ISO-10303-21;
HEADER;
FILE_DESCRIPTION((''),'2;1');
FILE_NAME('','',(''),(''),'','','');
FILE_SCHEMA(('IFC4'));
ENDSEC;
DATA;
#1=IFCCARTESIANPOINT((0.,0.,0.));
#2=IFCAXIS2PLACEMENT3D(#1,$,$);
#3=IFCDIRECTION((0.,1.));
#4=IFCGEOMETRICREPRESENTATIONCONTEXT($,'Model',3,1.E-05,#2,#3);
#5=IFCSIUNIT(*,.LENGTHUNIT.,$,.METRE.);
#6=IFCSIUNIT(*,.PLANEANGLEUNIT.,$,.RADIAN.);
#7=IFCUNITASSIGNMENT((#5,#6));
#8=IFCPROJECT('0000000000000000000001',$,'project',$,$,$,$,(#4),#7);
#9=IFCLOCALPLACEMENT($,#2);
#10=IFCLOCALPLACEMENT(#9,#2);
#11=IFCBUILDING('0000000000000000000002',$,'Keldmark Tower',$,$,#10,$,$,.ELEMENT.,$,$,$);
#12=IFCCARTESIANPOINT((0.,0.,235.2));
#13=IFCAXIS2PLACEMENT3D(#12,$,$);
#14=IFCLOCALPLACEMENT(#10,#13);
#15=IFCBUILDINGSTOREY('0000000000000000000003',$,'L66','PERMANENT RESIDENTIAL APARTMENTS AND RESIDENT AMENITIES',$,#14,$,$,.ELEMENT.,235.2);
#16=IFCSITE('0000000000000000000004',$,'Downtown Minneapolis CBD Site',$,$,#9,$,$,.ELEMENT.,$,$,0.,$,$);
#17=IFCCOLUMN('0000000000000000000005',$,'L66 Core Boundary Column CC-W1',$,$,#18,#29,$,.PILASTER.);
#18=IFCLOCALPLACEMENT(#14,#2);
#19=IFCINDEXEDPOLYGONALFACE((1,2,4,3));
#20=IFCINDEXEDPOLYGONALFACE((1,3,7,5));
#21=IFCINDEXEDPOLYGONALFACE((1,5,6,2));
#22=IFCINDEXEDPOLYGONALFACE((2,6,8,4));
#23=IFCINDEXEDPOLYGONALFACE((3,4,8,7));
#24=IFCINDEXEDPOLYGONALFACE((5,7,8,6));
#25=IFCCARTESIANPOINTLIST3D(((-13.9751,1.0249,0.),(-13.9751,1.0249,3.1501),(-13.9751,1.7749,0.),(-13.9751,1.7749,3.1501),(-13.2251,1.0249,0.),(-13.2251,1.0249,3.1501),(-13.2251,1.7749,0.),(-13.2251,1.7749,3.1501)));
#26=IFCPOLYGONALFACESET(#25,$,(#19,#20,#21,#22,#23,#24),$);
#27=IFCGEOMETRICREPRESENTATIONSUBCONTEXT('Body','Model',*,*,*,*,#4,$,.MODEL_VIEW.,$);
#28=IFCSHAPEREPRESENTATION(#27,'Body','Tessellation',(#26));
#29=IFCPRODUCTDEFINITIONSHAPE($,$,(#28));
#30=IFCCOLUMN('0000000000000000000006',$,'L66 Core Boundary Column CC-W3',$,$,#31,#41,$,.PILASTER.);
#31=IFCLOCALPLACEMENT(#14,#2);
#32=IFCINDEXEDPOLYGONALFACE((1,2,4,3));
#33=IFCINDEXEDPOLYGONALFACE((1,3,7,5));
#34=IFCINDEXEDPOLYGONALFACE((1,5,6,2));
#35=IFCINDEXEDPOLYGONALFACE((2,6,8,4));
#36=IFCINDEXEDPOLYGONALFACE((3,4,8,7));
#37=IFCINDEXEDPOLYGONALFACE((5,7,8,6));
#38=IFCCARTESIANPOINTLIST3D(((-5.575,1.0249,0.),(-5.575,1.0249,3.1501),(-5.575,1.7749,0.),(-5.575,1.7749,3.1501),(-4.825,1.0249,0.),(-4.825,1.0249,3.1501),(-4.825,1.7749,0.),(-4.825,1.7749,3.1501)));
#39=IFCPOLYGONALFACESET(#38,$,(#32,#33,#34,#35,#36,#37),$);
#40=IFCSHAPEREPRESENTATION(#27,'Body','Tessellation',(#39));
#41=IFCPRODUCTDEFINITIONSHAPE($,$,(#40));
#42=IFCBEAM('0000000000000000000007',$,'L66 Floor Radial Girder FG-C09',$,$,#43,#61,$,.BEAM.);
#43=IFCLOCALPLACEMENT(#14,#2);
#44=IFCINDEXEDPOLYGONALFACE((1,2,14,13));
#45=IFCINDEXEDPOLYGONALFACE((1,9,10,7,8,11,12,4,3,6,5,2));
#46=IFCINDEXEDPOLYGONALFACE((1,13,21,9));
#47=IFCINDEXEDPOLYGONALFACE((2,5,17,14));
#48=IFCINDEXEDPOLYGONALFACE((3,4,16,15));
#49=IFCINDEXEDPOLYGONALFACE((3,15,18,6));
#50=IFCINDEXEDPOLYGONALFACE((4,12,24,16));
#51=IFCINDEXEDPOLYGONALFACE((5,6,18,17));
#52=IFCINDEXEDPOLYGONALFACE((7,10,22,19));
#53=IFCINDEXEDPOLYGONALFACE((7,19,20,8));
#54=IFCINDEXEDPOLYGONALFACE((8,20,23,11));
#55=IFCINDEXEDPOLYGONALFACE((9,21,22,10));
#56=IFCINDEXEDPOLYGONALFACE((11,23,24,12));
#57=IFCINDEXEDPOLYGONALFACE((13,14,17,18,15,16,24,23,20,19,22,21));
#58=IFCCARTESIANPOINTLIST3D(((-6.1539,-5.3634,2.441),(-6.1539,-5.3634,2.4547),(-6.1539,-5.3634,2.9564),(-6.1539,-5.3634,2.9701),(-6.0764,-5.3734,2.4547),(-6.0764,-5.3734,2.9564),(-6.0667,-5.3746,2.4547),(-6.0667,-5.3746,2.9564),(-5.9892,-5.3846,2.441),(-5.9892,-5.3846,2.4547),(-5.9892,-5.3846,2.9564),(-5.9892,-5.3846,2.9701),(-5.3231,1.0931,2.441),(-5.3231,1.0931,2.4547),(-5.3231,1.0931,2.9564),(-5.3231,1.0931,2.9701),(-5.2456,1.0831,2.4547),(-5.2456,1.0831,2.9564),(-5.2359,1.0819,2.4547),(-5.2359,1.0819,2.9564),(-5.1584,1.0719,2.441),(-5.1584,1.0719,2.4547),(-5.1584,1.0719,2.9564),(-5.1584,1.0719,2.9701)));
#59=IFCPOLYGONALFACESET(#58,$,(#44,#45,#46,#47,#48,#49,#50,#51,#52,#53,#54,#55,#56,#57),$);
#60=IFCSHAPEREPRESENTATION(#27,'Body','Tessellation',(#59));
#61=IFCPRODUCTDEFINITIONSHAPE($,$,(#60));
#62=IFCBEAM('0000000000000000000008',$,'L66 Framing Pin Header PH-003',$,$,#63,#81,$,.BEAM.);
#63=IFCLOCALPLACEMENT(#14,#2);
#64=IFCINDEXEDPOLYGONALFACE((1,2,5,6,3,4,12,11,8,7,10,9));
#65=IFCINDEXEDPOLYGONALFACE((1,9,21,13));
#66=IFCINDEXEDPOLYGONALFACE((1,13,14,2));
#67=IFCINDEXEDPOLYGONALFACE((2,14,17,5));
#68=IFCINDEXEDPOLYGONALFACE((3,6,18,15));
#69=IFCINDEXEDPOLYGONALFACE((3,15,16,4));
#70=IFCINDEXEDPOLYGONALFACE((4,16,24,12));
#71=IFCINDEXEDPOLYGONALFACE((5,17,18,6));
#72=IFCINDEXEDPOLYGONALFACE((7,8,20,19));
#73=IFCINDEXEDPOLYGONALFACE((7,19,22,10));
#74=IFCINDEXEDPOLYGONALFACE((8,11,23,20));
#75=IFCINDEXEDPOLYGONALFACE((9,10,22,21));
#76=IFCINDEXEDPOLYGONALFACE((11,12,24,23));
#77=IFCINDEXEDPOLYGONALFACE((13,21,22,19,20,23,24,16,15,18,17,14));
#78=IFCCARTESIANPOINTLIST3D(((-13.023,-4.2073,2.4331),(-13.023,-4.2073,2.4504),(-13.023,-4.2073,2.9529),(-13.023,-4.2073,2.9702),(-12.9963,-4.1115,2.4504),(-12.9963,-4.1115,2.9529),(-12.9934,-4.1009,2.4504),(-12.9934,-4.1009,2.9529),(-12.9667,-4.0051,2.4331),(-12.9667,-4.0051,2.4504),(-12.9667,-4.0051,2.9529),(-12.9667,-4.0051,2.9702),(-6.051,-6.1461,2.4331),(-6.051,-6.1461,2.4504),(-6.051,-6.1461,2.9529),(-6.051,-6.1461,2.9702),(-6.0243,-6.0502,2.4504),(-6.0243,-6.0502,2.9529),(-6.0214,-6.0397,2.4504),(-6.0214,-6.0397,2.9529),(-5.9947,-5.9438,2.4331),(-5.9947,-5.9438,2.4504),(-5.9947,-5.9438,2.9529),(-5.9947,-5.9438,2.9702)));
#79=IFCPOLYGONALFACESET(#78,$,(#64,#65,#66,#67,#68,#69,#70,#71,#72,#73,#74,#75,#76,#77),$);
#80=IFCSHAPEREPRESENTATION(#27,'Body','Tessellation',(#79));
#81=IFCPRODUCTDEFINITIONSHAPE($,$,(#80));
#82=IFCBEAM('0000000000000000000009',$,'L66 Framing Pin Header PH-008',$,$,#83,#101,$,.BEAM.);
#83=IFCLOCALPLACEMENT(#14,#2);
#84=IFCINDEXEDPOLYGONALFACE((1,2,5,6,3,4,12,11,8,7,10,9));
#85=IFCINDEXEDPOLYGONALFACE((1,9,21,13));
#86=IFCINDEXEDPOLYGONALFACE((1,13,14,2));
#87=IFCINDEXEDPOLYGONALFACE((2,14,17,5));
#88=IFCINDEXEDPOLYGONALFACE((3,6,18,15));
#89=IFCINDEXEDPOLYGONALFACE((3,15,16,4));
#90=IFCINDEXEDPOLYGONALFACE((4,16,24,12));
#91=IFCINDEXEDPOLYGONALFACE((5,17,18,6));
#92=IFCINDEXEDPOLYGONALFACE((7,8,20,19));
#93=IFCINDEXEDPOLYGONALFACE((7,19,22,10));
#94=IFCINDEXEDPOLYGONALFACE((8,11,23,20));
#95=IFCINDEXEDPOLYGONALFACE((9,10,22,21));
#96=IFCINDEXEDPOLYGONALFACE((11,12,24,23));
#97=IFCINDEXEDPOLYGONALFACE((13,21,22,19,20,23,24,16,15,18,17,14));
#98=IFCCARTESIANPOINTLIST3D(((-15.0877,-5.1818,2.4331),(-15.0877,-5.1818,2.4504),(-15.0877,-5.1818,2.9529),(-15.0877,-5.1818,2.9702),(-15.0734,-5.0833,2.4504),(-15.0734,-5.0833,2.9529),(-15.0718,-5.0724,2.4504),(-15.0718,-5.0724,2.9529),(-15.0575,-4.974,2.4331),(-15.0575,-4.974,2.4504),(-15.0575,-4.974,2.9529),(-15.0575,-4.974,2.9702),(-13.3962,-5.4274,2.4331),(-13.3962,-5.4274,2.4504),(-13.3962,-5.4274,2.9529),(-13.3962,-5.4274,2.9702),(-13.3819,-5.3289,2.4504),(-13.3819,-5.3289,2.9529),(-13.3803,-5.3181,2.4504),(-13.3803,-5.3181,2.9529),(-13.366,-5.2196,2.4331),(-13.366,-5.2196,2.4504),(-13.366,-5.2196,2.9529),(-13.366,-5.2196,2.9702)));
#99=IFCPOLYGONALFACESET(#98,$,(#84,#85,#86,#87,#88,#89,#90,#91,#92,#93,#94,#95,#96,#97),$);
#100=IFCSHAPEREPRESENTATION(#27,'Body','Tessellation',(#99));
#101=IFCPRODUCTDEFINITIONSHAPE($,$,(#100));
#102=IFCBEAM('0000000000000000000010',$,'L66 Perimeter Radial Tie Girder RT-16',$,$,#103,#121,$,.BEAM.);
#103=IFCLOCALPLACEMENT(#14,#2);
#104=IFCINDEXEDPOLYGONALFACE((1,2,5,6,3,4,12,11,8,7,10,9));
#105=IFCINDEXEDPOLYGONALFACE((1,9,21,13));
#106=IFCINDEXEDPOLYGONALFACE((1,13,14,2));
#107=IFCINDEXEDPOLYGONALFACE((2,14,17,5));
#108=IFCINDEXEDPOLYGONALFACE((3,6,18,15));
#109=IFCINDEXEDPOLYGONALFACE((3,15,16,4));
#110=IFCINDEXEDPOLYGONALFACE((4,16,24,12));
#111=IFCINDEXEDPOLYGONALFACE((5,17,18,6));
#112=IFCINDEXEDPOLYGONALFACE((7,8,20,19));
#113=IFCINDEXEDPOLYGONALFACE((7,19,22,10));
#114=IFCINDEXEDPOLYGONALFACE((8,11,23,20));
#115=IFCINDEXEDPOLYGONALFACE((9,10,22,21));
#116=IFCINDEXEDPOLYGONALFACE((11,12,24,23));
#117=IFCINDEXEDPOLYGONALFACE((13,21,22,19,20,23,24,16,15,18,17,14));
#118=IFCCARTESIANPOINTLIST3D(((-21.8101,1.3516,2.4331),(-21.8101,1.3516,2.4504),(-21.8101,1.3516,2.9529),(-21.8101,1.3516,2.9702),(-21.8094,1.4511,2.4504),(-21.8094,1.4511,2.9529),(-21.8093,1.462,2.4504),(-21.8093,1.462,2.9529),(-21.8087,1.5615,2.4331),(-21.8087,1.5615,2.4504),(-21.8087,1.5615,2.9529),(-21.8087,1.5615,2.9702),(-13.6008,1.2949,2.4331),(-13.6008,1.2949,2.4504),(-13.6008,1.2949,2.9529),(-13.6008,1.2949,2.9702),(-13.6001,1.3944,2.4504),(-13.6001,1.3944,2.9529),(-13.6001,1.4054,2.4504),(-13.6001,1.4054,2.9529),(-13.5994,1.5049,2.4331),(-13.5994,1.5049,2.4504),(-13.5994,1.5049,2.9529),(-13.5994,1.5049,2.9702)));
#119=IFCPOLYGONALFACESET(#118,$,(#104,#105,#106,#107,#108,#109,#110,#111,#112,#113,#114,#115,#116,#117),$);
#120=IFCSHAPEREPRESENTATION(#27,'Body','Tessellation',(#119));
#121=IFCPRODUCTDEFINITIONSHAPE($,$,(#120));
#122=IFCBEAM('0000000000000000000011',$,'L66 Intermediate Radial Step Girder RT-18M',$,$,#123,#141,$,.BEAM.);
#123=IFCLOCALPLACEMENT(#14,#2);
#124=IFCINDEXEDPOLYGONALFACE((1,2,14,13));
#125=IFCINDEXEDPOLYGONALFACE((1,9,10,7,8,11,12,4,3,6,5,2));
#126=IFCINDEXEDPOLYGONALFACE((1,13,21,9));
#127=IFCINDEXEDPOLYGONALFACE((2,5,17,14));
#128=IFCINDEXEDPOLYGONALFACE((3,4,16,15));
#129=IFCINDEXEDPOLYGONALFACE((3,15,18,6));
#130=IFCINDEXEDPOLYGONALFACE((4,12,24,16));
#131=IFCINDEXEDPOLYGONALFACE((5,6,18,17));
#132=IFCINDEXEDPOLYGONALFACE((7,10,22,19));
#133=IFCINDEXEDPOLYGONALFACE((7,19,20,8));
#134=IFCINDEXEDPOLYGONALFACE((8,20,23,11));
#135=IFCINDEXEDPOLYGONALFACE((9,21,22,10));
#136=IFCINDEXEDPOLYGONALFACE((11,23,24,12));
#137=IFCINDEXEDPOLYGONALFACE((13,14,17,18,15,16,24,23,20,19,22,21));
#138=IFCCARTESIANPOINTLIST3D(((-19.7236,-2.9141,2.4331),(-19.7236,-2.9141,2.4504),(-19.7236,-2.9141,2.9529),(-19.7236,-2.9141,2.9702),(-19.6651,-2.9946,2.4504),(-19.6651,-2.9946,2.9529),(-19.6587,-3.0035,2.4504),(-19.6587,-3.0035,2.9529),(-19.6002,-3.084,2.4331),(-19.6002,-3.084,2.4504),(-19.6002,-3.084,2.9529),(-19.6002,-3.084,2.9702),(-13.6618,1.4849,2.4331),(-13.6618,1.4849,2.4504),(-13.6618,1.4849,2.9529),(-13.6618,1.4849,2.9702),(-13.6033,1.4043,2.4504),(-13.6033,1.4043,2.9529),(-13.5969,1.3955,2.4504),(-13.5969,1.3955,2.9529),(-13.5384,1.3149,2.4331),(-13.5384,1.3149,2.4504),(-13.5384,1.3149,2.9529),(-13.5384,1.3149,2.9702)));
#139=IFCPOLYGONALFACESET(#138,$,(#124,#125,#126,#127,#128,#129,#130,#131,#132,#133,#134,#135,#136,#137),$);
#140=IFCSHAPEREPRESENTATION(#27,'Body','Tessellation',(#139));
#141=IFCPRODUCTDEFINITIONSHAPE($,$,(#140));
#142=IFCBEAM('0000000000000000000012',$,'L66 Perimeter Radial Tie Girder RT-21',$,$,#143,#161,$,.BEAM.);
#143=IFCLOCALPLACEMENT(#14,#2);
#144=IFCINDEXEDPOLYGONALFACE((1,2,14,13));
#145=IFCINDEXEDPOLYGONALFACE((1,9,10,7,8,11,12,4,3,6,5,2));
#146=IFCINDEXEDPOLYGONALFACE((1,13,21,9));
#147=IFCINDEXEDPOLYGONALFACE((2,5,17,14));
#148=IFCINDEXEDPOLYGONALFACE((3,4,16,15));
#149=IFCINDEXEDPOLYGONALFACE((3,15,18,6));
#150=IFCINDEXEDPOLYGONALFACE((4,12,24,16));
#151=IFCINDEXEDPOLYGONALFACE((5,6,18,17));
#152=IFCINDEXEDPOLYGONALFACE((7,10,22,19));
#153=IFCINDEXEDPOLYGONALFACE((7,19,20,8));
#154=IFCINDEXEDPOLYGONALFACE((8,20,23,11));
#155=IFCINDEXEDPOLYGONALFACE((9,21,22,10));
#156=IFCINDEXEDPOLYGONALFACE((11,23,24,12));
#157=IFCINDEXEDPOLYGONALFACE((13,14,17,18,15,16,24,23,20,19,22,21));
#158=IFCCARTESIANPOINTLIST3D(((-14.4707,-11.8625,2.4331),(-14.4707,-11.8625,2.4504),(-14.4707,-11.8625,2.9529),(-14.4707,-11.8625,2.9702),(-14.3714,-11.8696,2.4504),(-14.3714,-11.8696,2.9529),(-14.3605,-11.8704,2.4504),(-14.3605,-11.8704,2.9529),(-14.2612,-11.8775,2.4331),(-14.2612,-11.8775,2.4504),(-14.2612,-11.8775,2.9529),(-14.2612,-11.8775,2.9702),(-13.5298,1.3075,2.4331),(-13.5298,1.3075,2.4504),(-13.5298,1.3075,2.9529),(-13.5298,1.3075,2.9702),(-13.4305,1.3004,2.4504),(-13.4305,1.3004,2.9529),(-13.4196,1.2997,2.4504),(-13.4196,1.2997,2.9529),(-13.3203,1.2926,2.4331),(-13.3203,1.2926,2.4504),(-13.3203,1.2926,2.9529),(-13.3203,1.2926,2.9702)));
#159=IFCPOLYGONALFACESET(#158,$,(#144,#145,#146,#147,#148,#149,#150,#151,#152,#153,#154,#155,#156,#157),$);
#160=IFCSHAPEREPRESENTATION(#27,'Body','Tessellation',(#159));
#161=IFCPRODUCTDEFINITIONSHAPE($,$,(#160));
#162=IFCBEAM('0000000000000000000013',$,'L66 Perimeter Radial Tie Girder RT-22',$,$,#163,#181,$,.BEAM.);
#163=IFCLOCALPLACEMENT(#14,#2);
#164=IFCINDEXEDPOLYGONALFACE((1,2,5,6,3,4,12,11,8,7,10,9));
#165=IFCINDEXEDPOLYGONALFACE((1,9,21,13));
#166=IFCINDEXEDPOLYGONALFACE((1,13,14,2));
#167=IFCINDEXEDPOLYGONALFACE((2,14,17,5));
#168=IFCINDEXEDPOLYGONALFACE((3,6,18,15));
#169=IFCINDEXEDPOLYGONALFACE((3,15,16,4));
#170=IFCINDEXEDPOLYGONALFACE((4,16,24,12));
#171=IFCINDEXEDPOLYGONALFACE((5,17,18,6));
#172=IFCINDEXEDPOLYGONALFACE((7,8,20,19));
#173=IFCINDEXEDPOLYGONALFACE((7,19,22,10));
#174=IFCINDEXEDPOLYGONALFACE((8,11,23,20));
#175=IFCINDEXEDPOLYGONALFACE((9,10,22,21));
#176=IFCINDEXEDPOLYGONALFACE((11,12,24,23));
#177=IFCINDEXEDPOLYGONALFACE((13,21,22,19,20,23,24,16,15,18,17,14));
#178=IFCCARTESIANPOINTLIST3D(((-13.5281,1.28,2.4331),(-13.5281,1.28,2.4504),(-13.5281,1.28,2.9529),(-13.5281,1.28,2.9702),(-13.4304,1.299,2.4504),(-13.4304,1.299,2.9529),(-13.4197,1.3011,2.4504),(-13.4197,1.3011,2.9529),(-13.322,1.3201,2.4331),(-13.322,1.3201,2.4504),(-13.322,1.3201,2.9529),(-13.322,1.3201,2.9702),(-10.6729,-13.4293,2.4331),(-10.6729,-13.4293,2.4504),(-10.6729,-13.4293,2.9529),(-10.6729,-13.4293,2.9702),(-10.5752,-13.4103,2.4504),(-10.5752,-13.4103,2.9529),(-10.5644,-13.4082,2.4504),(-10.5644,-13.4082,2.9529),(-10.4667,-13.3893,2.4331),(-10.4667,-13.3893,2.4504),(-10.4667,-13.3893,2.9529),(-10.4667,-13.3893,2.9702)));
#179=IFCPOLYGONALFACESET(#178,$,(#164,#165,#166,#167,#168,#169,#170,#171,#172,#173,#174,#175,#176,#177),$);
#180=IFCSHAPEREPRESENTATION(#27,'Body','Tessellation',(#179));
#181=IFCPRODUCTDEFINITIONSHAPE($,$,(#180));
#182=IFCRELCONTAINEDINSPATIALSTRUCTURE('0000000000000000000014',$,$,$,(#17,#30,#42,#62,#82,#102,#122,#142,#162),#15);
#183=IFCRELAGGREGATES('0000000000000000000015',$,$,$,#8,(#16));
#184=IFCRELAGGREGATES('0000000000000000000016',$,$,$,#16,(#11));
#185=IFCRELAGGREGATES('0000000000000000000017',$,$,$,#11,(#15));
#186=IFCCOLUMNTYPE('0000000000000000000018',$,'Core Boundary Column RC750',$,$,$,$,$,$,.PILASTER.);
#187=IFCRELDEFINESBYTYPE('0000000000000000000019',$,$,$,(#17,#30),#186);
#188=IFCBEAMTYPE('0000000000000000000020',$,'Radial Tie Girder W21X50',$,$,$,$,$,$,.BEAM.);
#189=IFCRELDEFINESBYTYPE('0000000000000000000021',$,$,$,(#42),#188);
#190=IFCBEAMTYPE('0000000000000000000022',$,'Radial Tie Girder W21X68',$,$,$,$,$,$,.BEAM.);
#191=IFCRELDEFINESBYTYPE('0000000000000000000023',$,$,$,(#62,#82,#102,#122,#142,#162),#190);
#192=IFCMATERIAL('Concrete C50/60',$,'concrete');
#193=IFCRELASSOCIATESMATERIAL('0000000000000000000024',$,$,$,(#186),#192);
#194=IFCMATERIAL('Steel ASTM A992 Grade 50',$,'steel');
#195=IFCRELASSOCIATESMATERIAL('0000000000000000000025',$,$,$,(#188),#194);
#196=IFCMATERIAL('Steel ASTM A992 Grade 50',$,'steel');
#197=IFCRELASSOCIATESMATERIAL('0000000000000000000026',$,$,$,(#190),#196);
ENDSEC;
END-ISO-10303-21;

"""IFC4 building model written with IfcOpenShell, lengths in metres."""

from ifc_helpers import new_model, si_unit, direction, frame, origin, origin_2d, place, context, subcontext, project, spatial, rectangle, i_section, extrude, material, material_profile, profile_set, type_object, element, save


model = new_model("IFC4")

# Units and contexts
model_context = context("Model", 3, precision=1e-05, world=origin(), true_north=direction((0.0, 1.0)))
body_context = subcontext(model_context, "Body", "Model", "MODEL_VIEW")
ifc_project = project(units=[si_unit("LENGTHUNIT", "METRE"), si_unit("PLANEANGLEUNIT", "RADIAN")], contexts=[model_context])

# Site, building, storey
site_placement = place(None, origin())
site = spatial("IfcSite", under=ifc_project, at=site_placement, Name="Downtown Minneapolis CBD Site", CompositionType="ELEMENT", RefElevation=0.0)
building_placement = place(site_placement, origin())
building = spatial("IfcBuilding", under=site, at=building_placement, Name="Keldmark Tower", CompositionType="ELEMENT")
storey_placement = place(building_placement, frame((0.0, 0.0, 235.2)))
storey = spatial("IfcBuildingStorey", under=building, at=storey_placement, Name="L66", Description="PERMANENT RESIDENTIAL APARTMENTS AND RESIDENT AMENITIES", CompositionType="ELEMENT", Elevation=235.2)

# Columns
ifc_material_1 = material(Name="Concrete C50/60", Category="concrete")
ifc_material_profile_1 = material_profile(ifc_material_1, rectangle(XDim=0.75, YDim=0.75, at=origin_2d()), Name="RC750X750")
ifc_profile_set_1 = profile_set([ifc_material_profile_1], Name="Concrete C50/60")
column_type = type_object("IfcColumnType", Name="Core Boundary Column RC750", PredefinedType="PILASTER", material=ifc_profile_set_1)
for number, where, z_axis, x_axis, name in (
    (1, (-13.6001, 1.3999, 0.0), (0.0, 0.0, 1.0), (1.0, 0.0, 0.0), "L66 Core Boundary Column CC-W1"),
    (2, (-5.2, 1.3999, 0.0), (0.0, 0.0, 1.0), (1.0, 0.0, 0.0), "L66 Core Boundary Column CC-W3"),
):
    element("IfcColumn", number, at=place(storey_placement, frame(where, z_axis=z_axis, x_axis=x_axis)), inside=storey, type_object=column_type, Name=name, PredefinedType="PILASTER", context=body_context, shape_type="SweptSolid", body=[
        extrude(rectangle(XDim=0.75, YDim=0.75, at=origin_2d()), origin(), (0.0, 0.0, 1.0), 3.1501),
    ])

# Beams
ifc_material_2 = material(Name="Steel ASTM A992 Grade 50", Category="steel")
ifc_material_profile_2 = material_profile(ifc_material_2, i_section(OverallWidth=0.166, OverallDepth=0.5291, WebThickness=0.0098, FlangeThickness=0.0137, at=origin_2d()), Name="W21X50")
ifc_profile_set_2 = profile_set([ifc_material_profile_2], Name="Steel ASTM A992 Grade 50")
beam_type_1 = type_object("IfcBeamType", Name="Radial Tie Girder W21X50", PredefinedType="BEAM", material=ifc_profile_set_2)
beam_1_placement = place(storey_placement, frame((-6.0715, -5.374, 2.7056), z_axis=(0.127625, 0.991822, 0.0), x_axis=(-0.991822, 0.127625, 0.0)))
element("IfcBeam", 3, at=beam_1_placement, inside=storey, type_object=beam_type_1, Name="L66 Floor Radial Girder FG-C09", PredefinedType="BEAM", context=body_context, shape_type="SweptSolid", body=[
    extrude(i_section(OverallWidth=0.166, OverallDepth=0.5291, WebThickness=0.0098, FlangeThickness=0.0137, at=origin_2d()), origin(), (0.0, 0.0, 1.0), 6.5098),
])
ifc_material_3 = material(Name="Steel ASTM A992 Grade 50", Category="steel")
ifc_material_profile_3 = material_profile(ifc_material_3, i_section(OverallWidth=0.21, OverallDepth=0.5371, WebThickness=0.011, FlangeThickness=0.0173, at=origin_2d()), Name="W21X68")
ifc_profile_set_3 = profile_set([ifc_material_profile_3], Name="Steel ASTM A992 Grade 50")
beam_type_2 = type_object("IfcBeamType", Name="Radial Tie Girder W21X68", PredefinedType="BEAM", material=ifc_profile_set_3)
beam_2_placement = place(storey_placement, frame((-12.9949, -4.1062, 2.7017), z_axis=(0.963444, -0.26791, 0.0), x_axis=(0.26791, 0.963444, 0.0)))
element("IfcBeam", 4, at=beam_2_placement, inside=storey, type_object=beam_type_2, Name="L66 Framing Pin Header PH-003", PredefinedType="BEAM", context=body_context, shape_type="SweptSolid", body=[
    extrude(i_section(OverallWidth=0.21, OverallDepth=0.5371, WebThickness=0.011, FlangeThickness=0.0173, at=origin_2d()), origin(), (0.0, 0.0, 1.0), 7.2366),
])
beam_3_placement = place(storey_placement, frame((-13.3811, -5.3235, 2.7017), z_axis=(-0.989621, 0.143701, 0.0), x_axis=(-0.143701, -0.989621, 0.0)))
element("IfcBeam", 5, at=beam_3_placement, inside=storey, type_object=beam_type_2, Name="L66 Framing Pin Header PH-008", PredefinedType="BEAM", context=body_context, shape_type="SweptSolid", body=[
    extrude(i_section(OverallWidth=0.21, OverallDepth=0.5371, WebThickness=0.011, FlangeThickness=0.0173, at=origin_2d()), origin(), (0.0, 0.0, 1.0), 1.7092),
])
beam_4_placement = place(storey_placement, frame((-13.6001, 1.3999, 2.7017), z_axis=(-0.999976, 0.006899, 0.0), x_axis=(-0.006899, -0.999976, 0.0)))
element("IfcBeam", 6, at=beam_4_placement, inside=storey, type_object=beam_type_2, Name="L66 Perimeter Radial Tie Girder RT-16", PredefinedType="BEAM", context=body_context, shape_type="SweptSolid", body=[
    extrude(i_section(OverallWidth=0.21, OverallDepth=0.5371, WebThickness=0.011, FlangeThickness=0.0173, at=origin_2d()), origin(), (0.0, 0.0, 1.0), 8.2095),
])
beam_5_placement = place(storey_placement, frame((-13.6001, 1.3999, 2.7017), z_axis=(-0.809347, -0.58733, 0.0), x_axis=(0.58733, -0.809347, 0.0)))
element("IfcBeam", 7, at=beam_5_placement, inside=storey, type_object=beam_type_2, Name="L66 Intermediate Radial Step Girder RT-18M", PredefinedType="BEAM", context=body_context, shape_type="SweptSolid", body=[
    extrude(i_section(OverallWidth=0.21, OverallDepth=0.5371, WebThickness=0.011, FlangeThickness=0.0173, at=origin_2d()), origin(), (0.0, 0.0, 1.0), 7.4897),
])
beam_6_placement = place(storey_placement, frame((-13.425, 1.3, 2.7017), z_axis=(-0.071262, -0.997458, 0.0), x_axis=(0.997458, -0.071262, 0.0)))
element("IfcBeam", 8, at=beam_6_placement, inside=storey, type_object=beam_type_2, Name="L66 Perimeter Radial Tie Girder RT-21", PredefinedType="BEAM", context=body_context, shape_type="SweptSolid", body=[
    extrude(i_section(OverallWidth=0.21, OverallDepth=0.5371, WebThickness=0.011, FlangeThickness=0.0173, at=origin_2d()), origin(), (0.0, 0.0, 1.0), 13.2036),
])
beam_7_placement = place(storey_placement, frame((-13.425, 1.3, 2.7017), z_axis=(0.190554, -0.981677, 0.0), x_axis=(0.981677, 0.190554, 0.0)))
element("IfcBeam", 9, at=beam_7_placement, inside=storey, type_object=beam_type_2, Name="L66 Perimeter Radial Tie Girder RT-22", PredefinedType="BEAM", context=body_context, shape_type="SweptSolid", body=[
    extrude(i_section(OverallWidth=0.21, OverallDepth=0.5371, WebThickness=0.011, FlangeThickness=0.0173, at=origin_2d()), origin(), (0.0, 0.0, 1.0), 14.9839),
])

save(model, "model.ifc")
